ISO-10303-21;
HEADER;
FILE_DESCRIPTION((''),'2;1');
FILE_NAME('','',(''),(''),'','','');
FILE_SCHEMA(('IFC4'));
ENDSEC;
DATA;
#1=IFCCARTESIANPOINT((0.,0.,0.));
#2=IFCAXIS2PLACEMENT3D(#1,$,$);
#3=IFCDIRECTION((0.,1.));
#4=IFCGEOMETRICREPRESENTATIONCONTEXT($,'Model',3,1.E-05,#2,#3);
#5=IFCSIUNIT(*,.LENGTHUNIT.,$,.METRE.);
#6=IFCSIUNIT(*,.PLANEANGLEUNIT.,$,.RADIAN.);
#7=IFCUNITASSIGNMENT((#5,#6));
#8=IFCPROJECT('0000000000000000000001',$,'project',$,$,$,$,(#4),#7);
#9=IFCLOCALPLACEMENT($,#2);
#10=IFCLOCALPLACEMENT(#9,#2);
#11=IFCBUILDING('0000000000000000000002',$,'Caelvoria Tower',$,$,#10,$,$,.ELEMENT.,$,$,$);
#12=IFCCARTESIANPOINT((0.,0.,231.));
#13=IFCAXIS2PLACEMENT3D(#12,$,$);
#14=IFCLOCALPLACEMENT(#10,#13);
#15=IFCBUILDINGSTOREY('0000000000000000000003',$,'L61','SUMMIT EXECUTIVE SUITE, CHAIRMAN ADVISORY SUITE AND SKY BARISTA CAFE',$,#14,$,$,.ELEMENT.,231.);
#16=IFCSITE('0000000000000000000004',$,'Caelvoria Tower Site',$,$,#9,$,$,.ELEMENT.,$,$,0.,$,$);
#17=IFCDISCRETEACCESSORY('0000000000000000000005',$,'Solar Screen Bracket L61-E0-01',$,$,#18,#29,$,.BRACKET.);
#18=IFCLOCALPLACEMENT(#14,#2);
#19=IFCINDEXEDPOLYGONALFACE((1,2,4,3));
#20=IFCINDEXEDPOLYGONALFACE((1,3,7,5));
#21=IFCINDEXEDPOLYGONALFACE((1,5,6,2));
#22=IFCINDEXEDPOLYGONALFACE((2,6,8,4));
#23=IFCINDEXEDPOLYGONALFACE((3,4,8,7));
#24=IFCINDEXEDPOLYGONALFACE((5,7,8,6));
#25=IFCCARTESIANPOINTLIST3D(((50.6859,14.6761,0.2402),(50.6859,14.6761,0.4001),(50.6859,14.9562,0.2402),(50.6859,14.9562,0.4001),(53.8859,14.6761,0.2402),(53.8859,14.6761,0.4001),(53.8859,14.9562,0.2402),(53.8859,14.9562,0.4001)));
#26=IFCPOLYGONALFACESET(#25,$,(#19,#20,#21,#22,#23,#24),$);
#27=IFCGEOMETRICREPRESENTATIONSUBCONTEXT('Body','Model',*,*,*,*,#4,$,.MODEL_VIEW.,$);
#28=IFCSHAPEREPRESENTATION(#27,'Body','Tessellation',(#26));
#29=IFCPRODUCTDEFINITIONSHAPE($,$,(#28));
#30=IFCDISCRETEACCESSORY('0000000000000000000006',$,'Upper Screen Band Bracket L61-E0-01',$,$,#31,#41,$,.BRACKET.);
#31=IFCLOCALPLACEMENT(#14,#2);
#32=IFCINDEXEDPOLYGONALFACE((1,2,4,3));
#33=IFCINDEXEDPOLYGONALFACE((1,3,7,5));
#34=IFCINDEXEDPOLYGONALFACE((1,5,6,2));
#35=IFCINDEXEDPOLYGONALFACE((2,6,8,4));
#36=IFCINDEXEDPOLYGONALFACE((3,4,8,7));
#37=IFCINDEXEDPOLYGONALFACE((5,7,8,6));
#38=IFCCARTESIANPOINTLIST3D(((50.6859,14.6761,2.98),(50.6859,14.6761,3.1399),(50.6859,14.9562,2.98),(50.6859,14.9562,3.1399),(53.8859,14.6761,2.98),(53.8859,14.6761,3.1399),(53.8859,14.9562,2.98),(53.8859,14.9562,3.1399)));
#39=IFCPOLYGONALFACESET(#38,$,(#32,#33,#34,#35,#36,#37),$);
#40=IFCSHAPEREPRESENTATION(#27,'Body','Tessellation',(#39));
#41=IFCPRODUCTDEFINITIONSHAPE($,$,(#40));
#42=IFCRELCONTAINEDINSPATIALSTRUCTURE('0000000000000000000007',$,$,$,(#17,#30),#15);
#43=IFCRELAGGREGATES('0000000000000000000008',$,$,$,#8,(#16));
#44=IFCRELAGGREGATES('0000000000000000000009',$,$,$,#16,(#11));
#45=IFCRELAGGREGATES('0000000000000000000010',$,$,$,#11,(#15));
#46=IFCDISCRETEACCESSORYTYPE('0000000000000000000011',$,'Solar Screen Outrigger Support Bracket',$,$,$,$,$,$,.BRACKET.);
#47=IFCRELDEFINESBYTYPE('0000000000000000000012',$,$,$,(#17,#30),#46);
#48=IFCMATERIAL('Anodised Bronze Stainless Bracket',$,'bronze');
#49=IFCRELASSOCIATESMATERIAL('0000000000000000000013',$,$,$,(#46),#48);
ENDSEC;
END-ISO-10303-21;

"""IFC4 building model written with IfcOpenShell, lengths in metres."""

from ifc_helpers import new_model, si_unit, direction, frame, origin, origin_2d, place, context, subcontext, project, spatial, rectangle, extrude, material, type_object, element, save


model = new_model("IFC4")

# Units and contexts
model_context = context("Model", 3, precision=1e-05, world=origin(), true_north=direction((0.0, 1.0)))
body_context = subcontext(model_context, "Body", "Model", "MODEL_VIEW")
ifc_project = project(units=[si_unit("LENGTHUNIT", "METRE"), si_unit("PLANEANGLEUNIT", "RADIAN")], contexts=[model_context])

# Site, building, storey
site_placement = place(None, origin())
site = spatial("IfcSite", under=ifc_project, at=site_placement, Name="Caelvoria Tower Site", CompositionType="ELEMENT", RefElevation=0.0)
building_placement = place(site_placement, origin())
building = spatial("IfcBuilding", under=site, at=building_placement, Name="Caelvoria Tower", CompositionType="ELEMENT")
storey_placement = place(building_placement, frame((0.0, 0.0, 231.0)))
storey = spatial("IfcBuildingStorey", under=building, at=storey_placement, Name="L61", Description="SUMMIT EXECUTIVE SUITE, CHAIRMAN ADVISORY SUITE AND SKY BARISTA CAFE", CompositionType="ELEMENT", Elevation=231.0)

# Discrete accessories
ifc_material_1 = material(Name="Anodised Bronze Stainless Bracket", Category="bronze")
discrete_accessory_type = type_object("IfcDiscreteAccessoryType", Name="Solar Screen Outrigger Support Bracket", PredefinedType="BRACKET", material=ifc_material_1)
for number, where, z_axis, x_axis, name in (
    (1, (52.2859, 14.8162, 0.2402), (0.0, 0.0, 1.0), (1.0, 0.0, 0.0), "Solar Screen Bracket L61-E0-01"),
    (2, (52.2859, 14.8162, 2.98), (0.0, 0.0, 1.0), (1.0, 0.0, 0.0), "Upper Screen Band Bracket L61-E0-01"),
):
    element("IfcDiscreteAccessory", number, at=place(storey_placement, frame(where, z_axis=z_axis, x_axis=x_axis)), inside=storey, type_object=discrete_accessory_type, Name=name, PredefinedType="BRACKET", context=body_context, shape_type="SweptSolid", body=[
        extrude(rectangle(XDim=3.2, YDim=0.28, at=origin_2d()), origin(), (0.0, 0.0, 1.0), 0.1599),
    ])

save(model, "model.ifc")
